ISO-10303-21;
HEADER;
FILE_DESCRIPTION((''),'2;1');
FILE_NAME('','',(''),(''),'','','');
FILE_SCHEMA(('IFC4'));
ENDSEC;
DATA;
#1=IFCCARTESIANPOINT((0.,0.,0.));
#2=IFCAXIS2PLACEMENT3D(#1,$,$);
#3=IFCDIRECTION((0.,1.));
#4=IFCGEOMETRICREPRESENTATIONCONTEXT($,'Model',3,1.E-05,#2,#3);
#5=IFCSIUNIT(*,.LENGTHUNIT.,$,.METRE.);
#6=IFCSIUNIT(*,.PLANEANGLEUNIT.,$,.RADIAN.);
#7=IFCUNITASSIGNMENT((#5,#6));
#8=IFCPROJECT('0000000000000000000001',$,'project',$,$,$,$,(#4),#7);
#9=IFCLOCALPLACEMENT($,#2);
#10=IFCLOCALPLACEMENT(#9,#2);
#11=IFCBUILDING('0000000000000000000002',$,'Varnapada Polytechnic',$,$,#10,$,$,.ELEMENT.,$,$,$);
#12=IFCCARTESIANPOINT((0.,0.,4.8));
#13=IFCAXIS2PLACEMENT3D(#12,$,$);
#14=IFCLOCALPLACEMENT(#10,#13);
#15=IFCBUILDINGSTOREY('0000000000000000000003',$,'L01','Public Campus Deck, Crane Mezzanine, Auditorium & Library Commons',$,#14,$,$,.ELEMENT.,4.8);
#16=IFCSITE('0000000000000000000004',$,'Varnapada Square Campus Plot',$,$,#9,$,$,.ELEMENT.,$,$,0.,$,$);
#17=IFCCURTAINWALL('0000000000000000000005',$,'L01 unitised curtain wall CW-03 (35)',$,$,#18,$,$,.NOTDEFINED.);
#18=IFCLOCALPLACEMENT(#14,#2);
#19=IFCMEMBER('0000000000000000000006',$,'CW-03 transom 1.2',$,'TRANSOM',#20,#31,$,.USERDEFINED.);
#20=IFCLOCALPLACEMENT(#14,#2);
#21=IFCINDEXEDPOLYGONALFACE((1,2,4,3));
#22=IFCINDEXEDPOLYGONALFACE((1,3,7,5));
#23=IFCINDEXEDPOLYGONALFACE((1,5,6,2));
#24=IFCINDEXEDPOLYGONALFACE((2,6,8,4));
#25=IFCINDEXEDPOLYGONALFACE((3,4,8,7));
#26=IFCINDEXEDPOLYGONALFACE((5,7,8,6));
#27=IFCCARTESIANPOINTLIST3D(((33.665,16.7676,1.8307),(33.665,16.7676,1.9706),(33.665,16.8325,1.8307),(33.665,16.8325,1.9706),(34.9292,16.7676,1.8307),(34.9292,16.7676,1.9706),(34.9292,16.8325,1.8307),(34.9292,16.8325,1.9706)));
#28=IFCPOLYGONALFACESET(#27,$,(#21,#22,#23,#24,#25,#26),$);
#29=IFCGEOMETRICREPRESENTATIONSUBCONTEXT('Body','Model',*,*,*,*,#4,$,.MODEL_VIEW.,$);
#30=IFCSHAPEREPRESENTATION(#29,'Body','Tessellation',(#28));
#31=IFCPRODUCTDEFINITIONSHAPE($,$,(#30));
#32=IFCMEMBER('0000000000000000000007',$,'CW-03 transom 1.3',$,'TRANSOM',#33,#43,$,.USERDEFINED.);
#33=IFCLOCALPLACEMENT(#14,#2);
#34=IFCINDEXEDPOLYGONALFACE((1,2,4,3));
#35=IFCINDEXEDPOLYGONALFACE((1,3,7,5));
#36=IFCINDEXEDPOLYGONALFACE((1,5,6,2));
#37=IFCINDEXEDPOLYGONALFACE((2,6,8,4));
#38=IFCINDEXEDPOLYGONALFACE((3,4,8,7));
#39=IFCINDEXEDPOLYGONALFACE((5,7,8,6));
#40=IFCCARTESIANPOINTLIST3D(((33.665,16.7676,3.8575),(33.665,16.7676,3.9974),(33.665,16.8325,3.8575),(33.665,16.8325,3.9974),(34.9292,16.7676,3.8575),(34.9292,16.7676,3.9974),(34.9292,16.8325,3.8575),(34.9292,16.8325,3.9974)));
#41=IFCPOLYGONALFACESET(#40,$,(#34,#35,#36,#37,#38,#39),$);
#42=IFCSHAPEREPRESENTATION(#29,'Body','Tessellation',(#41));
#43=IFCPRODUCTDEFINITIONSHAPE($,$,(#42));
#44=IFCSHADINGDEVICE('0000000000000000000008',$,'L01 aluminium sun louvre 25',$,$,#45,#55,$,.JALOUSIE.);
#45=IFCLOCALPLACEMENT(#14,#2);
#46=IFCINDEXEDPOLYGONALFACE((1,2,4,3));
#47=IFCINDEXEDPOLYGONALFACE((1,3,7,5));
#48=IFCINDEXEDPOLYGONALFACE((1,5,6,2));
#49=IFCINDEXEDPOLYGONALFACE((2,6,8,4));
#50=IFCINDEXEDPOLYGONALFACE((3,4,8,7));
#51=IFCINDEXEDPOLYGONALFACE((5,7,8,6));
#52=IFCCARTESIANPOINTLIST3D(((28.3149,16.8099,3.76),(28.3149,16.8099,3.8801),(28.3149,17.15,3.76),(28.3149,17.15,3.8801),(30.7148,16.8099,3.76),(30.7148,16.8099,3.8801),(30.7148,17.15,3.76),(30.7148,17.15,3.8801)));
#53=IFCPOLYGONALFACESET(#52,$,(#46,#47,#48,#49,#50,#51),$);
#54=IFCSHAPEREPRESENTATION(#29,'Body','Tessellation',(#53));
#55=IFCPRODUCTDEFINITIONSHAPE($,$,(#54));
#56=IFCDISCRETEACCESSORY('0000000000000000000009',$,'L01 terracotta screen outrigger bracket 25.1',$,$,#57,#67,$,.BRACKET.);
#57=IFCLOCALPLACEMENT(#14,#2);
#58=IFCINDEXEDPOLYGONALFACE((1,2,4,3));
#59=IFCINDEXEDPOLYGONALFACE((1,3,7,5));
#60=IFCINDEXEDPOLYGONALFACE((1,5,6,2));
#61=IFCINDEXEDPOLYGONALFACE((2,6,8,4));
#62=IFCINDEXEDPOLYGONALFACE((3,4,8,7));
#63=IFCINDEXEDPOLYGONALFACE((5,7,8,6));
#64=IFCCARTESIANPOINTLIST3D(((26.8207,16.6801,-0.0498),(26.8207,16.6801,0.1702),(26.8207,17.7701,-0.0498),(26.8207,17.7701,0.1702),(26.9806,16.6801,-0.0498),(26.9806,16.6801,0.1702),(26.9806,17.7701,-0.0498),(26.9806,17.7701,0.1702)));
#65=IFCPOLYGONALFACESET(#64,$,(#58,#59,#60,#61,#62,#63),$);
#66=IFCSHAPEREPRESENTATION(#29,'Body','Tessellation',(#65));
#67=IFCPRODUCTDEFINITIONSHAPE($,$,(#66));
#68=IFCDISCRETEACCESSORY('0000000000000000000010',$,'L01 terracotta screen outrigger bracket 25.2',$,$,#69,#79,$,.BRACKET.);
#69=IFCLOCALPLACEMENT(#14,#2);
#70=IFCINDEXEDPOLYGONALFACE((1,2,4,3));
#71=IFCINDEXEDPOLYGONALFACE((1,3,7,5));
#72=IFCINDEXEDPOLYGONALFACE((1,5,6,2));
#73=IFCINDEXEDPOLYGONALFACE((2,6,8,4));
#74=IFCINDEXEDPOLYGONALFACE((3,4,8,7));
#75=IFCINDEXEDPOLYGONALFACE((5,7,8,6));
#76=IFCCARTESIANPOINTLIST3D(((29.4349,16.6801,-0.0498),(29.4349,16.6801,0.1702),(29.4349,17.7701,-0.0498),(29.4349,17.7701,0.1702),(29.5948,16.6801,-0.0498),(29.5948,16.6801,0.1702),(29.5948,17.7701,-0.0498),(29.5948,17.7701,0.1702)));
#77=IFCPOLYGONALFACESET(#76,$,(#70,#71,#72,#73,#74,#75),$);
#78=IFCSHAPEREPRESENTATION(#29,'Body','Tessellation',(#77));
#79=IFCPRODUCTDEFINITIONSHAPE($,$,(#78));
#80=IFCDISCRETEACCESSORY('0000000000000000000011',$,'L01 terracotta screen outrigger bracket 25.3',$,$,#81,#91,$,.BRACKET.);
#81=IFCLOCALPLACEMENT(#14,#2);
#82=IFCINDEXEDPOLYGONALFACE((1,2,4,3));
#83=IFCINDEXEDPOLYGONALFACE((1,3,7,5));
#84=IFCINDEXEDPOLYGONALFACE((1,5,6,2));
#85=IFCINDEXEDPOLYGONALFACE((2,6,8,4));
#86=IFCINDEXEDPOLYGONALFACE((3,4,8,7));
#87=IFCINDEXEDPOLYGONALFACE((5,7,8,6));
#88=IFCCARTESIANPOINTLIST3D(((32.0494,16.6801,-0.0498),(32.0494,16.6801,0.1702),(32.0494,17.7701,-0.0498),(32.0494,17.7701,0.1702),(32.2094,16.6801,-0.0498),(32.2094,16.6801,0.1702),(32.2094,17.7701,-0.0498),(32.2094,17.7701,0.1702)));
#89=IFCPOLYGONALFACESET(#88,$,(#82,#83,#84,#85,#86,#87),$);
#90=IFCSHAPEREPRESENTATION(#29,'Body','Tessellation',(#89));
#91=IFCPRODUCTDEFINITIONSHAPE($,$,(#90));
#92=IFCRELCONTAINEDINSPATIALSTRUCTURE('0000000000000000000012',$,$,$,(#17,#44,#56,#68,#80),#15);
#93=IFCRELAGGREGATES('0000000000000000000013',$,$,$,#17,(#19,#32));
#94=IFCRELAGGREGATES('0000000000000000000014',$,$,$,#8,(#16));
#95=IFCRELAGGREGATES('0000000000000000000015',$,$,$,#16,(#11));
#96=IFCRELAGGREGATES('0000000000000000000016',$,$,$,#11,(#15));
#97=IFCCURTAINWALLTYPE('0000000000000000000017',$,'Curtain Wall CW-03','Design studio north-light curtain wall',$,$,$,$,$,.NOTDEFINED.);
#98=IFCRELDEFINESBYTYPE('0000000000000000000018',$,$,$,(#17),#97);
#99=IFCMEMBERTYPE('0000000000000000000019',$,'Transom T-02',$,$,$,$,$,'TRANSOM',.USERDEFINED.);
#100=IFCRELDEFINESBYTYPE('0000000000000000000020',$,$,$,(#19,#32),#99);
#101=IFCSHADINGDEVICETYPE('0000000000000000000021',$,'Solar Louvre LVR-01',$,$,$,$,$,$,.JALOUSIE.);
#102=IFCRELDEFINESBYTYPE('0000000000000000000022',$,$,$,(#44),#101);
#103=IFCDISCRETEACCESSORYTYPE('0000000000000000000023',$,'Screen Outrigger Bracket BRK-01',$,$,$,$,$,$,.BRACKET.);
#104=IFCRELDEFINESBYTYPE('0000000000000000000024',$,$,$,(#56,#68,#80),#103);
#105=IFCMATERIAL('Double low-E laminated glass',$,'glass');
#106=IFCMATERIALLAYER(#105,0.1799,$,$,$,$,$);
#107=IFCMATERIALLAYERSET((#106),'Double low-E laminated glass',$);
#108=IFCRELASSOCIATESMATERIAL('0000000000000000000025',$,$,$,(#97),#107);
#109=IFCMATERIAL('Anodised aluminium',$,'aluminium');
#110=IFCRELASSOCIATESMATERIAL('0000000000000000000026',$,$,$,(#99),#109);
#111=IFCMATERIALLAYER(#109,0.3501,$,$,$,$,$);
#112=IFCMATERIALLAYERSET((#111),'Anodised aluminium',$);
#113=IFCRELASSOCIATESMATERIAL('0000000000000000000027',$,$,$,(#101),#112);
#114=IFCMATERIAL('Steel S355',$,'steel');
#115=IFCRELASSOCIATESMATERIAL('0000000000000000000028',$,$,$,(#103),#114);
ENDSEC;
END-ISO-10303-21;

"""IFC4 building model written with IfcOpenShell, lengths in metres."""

from ifc_helpers import new_model, si_unit, direction, frame, origin, origin_2d, place, context, subcontext, project, spatial, rectangle, extrude, material, layer, layer_set, material_profile, profile_set, type_object, element, aggregate, save


model = new_model("IFC4")

# Units and contexts
model_context = context("Model", 3, precision=1e-05, world=origin(), true_north=direction((0.0, 1.0)))
body_context = subcontext(model_context, "Body", "Model", "MODEL_VIEW")
ifc_project = project(units=[si_unit("LENGTHUNIT", "METRE"), si_unit("PLANEANGLEUNIT", "RADIAN")], contexts=[model_context])

# Site, building, storey
site_placement = place(None, origin())
site = spatial("IfcSite", under=ifc_project, at=site_placement, Name="Varnapada Square Campus Plot", CompositionType="ELEMENT", RefElevation=0.0)
building_placement = place(site_placement, origin())
building = spatial("IfcBuilding", under=site, at=building_placement, Name="Varnapada Polytechnic", CompositionType="ELEMENT")
storey_placement = place(building_placement, frame((0.0, 0.0, 4.8)))
storey = spatial("IfcBuildingStorey", under=building, at=storey_placement, Name="L01", Description="Public Campus Deck, Crane Mezzanine, Auditorium & Library Commons", CompositionType="ELEMENT", Elevation=4.8)

# Curtain wall, members
ifc_material_1 = material(Name="Double low-E laminated glass", Category="glass")
ifc_layer_1 = layer(ifc_material_1, 0.1799)
ifc_layer_set_1 = layer_set([ifc_layer_1], Name="Double low-E laminated glass")
curtain_wall_type = type_object("IfcCurtainWallType", Name="Curtain Wall CW-03", Description="Design studio north-light curtain wall", PredefinedType="NOTDEFINED", material=ifc_layer_set_1)
curtain_wall_placement = place(storey_placement, origin())
curtain_wall = element("IfcCurtainWall", 1, at=curtain_wall_placement, inside=storey, type_object=curtain_wall_type, Name="L01 unitised curtain wall CW-03 (35)", PredefinedType="NOTDEFINED")
ifc_material_2 = material(Name="Anodised aluminium", Category="aluminium")
ifc_material_profile = material_profile(ifc_material_2, rectangle(XDim=0.0649, YDim=0.1399, at=origin_2d()), Name="ALU T65x140")
ifc_profile_set = profile_set([ifc_material_profile], Name="Anodised aluminium")
member_type = type_object("IfcMemberType", Name="Transom T-02", ElementType="TRANSOM", PredefinedType="USERDEFINED", material=ifc_profile_set)
member_1_placement = place(storey_placement, frame((33.665, 16.8, 1.9006), z_axis=(1.0, 0.0, 0.0), x_axis=(0.0, 1.0, 0.0)))
member_1 = element("IfcMember", 2, at=member_1_placement, type_object=member_type, Name="CW-03 transom 1.2", ObjectType="TRANSOM", PredefinedType="USERDEFINED", context=body_context, shape_type="SweptSolid", body=[
    extrude(rectangle(XDim=0.0649, YDim=0.1399, at=origin_2d()), origin(), (0.0, 0.0, 1.0), 1.2642),
])
member_2_placement = place(storey_placement, frame((33.665, 16.8, 3.9275), z_axis=(1.0, 0.0, 0.0), x_axis=(0.0, 1.0, 0.0)))
member_2 = element("IfcMember", 3, at=member_2_placement, type_object=member_type, Name="CW-03 transom 1.3", ObjectType="TRANSOM", PredefinedType="USERDEFINED", context=body_context, shape_type="SweptSolid", body=[
    extrude(rectangle(XDim=0.0649, YDim=0.1399, at=origin_2d()), origin(), (0.0, 0.0, 1.0), 1.2642),
])
aggregate(curtain_wall, [member_1, member_2])

# Shading device
ifc_layer_2 = layer(ifc_material_2, 0.3501)
ifc_layer_set_2 = layer_set([ifc_layer_2], Name="Anodised aluminium")
shading_device_type = type_object("IfcShadingDeviceType", Name="Solar Louvre LVR-01", PredefinedType="JALOUSIE", material=ifc_layer_set_2)
shading_device_placement = place(storey_placement, frame((29.5149, 16.98, 3.76), z_axis=(0.0, 0.0, 1.0), x_axis=(1.0, 0.0, 0.0)))
element("IfcShadingDevice", 4, at=shading_device_placement, inside=storey, type_object=shading_device_type, Name="L01 aluminium sun louvre 25", PredefinedType="JALOUSIE", context=body_context, shape_type="SweptSolid", body=[
    extrude(rectangle(XDim=2.3999, YDim=0.3401, at=origin_2d()), origin(), (0.0, 0.0, 1.0), 0.1201),
])

# Discrete accessories
ifc_material_3 = material(Name="Steel S355", Category="steel")
discrete_accessory_type = type_object("IfcDiscreteAccessoryType", Name="Screen Outrigger Bracket BRK-01", PredefinedType="BRACKET", material=ifc_material_3)
for number, where, z_axis, x_axis, name in (
    (5, (26.9006, 17.2251, -0.0498), (0.0, 0.0, 1.0), (1.0, 0.0, 0.0), "L01 terracotta screen outrigger bracket 25.1"),
    (6, (29.5149, 17.2251, -0.0498), (0.0, 0.0, 1.0), (1.0, 0.0, 0.0), "L01 terracotta screen outrigger bracket 25.2"),
    (7, (32.1294, 17.2251, -0.0498), (0.0, 0.0, 1.0), (1.0, 0.0, 0.0), "L01 terracotta screen outrigger bracket 25.3"),
):
    element("IfcDiscreteAccessory", number, at=place(storey_placement, frame(where, z_axis=z_axis, x_axis=x_axis)), inside=storey, type_object=discrete_accessory_type, Name=name, PredefinedType="BRACKET", context=body_context, shape_type="SweptSolid", body=[
        extrude(rectangle(XDim=0.1599, YDim=1.0901, at=origin_2d()), origin(), (0.0, 0.0, 1.0), 0.22),
    ])

save(model, "model.ifc")
